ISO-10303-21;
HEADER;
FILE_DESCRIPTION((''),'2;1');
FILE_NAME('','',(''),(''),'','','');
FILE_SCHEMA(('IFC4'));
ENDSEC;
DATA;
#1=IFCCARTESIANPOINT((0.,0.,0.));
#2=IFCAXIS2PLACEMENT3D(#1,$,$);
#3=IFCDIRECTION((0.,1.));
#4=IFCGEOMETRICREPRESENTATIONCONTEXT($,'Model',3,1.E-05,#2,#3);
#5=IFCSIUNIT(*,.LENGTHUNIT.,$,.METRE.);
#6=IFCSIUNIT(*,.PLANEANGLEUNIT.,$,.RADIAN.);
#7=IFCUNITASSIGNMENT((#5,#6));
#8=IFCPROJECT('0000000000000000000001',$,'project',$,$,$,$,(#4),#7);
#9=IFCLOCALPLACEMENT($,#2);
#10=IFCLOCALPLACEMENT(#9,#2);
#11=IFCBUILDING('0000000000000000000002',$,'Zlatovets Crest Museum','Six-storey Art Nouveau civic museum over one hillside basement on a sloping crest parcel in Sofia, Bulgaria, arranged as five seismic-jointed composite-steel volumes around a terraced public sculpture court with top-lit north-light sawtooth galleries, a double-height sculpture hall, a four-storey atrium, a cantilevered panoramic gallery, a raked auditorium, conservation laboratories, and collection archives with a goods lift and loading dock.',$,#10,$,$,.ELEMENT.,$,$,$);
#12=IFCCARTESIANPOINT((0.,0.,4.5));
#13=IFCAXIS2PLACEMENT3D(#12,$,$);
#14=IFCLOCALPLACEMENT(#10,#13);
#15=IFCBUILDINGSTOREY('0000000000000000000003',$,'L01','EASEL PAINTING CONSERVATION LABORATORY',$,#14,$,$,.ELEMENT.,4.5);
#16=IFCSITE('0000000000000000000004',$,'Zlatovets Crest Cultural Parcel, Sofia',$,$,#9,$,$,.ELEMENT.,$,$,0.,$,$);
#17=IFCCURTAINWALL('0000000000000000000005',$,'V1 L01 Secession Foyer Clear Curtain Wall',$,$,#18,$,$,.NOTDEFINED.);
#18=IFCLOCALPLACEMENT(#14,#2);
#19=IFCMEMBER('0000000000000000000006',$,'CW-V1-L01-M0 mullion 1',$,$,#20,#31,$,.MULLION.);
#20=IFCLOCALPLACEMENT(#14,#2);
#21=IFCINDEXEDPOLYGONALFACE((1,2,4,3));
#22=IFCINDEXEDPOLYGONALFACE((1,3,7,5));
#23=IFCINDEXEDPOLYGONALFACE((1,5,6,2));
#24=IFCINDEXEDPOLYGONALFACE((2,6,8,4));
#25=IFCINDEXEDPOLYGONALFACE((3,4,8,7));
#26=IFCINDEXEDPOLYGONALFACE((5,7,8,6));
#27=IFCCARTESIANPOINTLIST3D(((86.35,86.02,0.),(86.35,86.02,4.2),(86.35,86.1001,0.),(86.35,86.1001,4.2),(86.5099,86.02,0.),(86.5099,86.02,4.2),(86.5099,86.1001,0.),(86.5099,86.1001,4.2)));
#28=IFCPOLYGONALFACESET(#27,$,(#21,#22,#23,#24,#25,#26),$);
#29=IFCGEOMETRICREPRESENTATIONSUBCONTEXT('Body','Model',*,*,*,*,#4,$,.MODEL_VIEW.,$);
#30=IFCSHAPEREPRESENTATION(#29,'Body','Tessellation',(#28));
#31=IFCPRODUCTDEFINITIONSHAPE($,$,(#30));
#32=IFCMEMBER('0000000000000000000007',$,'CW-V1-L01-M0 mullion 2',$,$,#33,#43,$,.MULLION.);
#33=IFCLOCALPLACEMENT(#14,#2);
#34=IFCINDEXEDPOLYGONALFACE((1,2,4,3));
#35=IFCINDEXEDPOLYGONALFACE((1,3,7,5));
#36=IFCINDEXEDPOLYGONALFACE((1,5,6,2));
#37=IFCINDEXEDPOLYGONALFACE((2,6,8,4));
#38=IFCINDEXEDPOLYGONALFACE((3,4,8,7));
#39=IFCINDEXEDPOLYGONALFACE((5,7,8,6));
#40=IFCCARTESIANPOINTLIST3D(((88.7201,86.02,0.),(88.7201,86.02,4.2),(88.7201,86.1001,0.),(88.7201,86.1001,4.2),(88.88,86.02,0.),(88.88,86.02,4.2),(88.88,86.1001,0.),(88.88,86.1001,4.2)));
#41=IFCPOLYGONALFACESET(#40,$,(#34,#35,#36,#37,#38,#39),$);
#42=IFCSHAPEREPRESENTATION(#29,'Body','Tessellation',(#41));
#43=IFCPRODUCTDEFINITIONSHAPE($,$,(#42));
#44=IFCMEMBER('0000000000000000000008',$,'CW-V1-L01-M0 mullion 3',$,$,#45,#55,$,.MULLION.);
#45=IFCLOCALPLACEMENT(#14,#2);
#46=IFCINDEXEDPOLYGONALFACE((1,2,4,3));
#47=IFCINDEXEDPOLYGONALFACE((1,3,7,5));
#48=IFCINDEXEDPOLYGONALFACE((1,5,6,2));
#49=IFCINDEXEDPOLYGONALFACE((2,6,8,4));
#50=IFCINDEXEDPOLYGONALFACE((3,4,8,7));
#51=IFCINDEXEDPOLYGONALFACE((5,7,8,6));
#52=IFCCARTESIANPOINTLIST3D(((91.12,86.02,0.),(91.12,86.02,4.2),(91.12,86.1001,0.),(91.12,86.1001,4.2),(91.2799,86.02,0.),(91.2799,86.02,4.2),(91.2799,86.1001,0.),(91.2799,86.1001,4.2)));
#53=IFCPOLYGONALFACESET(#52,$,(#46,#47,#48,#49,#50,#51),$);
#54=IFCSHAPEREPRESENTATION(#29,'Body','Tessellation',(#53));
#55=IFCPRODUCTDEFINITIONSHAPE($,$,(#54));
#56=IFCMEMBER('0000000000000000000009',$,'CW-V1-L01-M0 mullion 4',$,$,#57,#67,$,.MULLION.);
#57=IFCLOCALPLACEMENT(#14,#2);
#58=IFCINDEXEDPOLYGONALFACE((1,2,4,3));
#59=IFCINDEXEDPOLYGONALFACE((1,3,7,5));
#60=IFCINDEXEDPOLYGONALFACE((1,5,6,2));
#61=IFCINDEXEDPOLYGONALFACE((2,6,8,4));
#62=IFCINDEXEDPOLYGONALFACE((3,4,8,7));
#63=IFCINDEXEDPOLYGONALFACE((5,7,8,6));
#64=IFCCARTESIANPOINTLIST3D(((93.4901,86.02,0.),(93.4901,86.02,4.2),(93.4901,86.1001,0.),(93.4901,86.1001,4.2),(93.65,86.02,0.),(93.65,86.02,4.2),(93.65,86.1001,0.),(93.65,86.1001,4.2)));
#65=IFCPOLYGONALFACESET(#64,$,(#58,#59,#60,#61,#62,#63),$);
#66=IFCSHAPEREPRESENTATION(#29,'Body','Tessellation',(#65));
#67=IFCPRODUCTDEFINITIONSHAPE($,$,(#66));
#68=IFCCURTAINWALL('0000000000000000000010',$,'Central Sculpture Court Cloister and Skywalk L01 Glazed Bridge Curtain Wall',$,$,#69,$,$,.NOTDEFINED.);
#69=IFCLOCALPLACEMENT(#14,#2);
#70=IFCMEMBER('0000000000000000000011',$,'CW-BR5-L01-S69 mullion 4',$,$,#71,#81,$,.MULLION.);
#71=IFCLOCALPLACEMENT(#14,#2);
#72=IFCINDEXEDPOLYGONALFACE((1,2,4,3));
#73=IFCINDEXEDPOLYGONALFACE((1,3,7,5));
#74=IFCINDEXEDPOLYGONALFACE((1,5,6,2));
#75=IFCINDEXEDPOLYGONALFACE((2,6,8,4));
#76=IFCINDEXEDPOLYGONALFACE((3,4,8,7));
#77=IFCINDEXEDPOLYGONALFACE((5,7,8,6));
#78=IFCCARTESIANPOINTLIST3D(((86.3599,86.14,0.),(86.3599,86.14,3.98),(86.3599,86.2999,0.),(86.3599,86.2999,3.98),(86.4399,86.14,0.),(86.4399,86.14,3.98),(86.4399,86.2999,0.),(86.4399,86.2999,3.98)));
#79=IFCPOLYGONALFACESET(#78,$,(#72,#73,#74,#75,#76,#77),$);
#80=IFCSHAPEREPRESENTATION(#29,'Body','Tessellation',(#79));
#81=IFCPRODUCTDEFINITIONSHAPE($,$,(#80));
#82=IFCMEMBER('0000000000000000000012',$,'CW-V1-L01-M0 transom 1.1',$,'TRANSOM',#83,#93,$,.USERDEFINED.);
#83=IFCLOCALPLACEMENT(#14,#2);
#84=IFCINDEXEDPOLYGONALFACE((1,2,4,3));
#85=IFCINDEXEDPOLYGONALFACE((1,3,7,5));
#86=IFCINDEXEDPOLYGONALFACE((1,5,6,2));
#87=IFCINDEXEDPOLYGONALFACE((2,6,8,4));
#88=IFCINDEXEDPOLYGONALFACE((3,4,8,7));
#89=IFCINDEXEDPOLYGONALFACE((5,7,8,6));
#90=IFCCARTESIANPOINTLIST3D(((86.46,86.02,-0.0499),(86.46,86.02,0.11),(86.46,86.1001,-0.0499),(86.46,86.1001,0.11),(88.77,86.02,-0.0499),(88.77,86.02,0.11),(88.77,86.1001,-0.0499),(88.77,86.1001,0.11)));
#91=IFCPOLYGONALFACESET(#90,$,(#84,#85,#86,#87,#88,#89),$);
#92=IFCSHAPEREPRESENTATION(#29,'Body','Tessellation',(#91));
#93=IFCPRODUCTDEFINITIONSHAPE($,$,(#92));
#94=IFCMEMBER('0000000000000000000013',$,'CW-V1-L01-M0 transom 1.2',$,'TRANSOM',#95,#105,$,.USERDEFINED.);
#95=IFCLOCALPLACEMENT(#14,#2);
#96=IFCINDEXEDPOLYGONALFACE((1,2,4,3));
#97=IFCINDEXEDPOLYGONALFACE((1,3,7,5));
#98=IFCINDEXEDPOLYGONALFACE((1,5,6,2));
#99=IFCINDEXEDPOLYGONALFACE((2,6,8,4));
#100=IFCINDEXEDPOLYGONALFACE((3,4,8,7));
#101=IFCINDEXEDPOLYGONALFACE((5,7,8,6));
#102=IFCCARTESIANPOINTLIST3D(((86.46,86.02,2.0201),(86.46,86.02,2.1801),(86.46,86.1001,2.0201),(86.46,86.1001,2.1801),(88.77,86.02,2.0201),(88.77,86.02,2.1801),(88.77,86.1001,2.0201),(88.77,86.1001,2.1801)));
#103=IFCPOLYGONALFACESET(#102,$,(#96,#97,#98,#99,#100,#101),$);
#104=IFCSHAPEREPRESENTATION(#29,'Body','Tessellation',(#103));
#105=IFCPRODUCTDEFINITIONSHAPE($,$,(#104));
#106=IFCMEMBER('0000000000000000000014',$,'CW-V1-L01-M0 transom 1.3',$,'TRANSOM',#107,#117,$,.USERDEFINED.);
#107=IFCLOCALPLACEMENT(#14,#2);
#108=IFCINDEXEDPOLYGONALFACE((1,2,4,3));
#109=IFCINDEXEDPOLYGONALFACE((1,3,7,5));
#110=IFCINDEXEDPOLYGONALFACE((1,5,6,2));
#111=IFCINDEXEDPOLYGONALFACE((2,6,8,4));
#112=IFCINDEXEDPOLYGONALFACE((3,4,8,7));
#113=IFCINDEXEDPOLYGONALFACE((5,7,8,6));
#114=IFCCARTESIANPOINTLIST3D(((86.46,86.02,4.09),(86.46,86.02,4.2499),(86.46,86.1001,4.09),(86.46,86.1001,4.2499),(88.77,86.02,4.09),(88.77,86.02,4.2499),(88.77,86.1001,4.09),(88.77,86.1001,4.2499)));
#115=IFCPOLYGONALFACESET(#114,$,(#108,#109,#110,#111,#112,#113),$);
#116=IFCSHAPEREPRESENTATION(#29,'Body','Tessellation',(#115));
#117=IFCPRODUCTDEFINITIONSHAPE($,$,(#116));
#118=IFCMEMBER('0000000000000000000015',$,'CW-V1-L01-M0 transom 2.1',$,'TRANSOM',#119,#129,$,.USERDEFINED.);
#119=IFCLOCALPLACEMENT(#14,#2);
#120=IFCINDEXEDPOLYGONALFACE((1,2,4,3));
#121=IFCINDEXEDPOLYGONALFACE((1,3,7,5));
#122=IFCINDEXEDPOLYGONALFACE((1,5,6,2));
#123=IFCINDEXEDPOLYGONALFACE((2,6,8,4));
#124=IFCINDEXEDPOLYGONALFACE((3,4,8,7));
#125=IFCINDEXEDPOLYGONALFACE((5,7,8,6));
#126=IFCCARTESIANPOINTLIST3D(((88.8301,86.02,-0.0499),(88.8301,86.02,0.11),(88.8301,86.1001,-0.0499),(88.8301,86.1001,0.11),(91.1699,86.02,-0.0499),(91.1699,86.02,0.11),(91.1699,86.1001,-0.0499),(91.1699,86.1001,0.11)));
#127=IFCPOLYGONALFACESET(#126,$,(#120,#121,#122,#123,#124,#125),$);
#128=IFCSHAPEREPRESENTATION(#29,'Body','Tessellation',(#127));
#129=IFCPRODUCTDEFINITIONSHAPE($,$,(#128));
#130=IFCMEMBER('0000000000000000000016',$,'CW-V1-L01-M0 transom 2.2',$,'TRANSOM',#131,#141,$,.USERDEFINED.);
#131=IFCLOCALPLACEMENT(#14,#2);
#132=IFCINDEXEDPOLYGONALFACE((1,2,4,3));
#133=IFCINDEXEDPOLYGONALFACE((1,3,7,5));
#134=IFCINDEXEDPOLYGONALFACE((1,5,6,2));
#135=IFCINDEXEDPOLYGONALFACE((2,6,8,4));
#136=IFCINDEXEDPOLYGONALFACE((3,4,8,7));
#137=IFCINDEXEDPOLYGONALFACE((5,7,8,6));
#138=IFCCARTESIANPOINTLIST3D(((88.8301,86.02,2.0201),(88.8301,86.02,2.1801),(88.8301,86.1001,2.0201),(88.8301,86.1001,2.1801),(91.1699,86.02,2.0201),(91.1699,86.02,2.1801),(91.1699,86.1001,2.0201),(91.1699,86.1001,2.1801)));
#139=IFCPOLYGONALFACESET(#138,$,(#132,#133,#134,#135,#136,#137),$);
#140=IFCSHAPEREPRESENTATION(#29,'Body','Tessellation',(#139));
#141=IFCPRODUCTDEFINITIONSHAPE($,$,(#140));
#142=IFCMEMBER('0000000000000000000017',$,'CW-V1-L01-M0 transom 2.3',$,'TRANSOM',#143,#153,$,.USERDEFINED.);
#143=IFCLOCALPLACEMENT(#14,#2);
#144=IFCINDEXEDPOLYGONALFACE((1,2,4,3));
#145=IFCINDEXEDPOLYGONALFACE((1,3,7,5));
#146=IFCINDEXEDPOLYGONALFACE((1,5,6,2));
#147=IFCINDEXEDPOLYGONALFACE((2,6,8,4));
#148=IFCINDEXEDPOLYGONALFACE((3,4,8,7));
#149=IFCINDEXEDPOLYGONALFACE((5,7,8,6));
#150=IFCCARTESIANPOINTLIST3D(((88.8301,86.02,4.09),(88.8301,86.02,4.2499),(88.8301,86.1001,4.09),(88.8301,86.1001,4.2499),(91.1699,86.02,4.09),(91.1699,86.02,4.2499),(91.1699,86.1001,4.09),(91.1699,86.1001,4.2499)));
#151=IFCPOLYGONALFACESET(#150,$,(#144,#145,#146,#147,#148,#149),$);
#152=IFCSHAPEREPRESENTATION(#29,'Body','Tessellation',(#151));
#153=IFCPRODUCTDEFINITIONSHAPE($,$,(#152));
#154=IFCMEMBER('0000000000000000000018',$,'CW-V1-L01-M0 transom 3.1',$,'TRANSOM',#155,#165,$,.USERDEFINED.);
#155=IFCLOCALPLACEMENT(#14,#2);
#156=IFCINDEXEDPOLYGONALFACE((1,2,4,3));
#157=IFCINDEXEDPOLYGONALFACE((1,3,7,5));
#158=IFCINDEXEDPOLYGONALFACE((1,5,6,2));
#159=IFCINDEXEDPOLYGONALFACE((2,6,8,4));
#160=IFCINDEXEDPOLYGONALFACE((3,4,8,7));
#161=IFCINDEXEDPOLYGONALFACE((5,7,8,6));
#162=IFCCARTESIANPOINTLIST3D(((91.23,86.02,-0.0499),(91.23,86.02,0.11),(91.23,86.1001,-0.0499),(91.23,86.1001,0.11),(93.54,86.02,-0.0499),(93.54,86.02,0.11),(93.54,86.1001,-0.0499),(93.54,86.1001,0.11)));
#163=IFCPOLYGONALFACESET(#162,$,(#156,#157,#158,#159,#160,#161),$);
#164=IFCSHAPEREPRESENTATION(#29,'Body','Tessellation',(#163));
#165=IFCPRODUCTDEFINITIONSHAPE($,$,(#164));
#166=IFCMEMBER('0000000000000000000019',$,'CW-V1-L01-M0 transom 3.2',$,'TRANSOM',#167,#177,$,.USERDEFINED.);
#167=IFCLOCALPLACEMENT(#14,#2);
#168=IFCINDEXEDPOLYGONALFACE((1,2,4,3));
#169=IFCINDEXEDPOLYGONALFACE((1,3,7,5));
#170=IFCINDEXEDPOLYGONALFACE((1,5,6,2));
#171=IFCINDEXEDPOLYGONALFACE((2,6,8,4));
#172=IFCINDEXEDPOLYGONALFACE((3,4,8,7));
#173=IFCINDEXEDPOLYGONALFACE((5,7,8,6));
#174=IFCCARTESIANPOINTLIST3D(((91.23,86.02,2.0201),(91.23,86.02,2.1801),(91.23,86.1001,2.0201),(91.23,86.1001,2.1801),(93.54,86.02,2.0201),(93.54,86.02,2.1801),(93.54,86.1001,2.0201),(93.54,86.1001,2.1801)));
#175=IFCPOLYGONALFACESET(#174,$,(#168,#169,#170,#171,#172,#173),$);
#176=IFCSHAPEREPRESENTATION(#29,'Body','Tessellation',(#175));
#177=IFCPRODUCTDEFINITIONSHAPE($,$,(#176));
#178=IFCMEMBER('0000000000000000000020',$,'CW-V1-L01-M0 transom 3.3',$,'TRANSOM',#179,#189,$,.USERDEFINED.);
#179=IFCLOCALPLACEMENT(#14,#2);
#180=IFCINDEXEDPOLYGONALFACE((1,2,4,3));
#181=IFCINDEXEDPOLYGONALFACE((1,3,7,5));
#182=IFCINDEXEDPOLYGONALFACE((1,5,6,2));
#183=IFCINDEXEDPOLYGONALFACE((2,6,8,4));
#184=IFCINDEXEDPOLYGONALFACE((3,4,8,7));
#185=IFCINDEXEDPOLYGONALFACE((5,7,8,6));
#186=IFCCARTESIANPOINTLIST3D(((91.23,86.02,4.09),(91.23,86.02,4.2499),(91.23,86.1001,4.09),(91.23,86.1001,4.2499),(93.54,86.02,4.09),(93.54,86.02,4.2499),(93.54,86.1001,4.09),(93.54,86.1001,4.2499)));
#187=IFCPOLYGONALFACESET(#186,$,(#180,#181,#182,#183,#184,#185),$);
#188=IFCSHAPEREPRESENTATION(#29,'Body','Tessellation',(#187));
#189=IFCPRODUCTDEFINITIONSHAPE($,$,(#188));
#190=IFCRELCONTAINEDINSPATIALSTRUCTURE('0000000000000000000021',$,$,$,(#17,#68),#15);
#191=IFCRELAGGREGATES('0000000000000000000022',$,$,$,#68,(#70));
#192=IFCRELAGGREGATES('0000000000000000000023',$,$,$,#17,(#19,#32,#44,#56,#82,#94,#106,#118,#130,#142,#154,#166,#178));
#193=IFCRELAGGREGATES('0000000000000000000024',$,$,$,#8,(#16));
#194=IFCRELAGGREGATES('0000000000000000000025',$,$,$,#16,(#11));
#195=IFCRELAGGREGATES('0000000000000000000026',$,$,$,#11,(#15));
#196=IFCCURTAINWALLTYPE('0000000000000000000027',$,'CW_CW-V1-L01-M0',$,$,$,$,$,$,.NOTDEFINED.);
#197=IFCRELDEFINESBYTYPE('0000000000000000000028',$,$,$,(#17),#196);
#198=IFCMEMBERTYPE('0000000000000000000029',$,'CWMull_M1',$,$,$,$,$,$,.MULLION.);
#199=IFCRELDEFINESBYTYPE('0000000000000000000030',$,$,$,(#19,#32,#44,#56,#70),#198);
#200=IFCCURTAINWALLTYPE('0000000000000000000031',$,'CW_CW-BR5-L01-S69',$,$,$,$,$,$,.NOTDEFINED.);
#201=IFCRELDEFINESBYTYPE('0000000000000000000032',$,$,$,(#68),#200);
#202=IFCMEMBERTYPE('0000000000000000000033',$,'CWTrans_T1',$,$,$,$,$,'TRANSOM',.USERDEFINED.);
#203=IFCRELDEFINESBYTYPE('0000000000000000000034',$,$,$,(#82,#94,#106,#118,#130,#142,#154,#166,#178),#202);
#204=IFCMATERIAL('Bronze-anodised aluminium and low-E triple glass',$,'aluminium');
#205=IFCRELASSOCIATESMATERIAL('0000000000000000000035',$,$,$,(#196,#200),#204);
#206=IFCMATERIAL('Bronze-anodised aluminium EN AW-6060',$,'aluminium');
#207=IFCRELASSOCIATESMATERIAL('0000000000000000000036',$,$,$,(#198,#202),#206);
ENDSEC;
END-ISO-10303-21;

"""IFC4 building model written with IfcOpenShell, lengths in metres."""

from ifc_helpers import new_model, si_unit, direction, frame, origin, origin_2d, place, context, subcontext, project, spatial, rectangle, extrude, material, material_profile, profile_set, type_object, element, aggregate, save


model = new_model("IFC4")

# Units and contexts
model_context = context("Model", 3, precision=1e-05, world=origin(), true_north=direction((0.0, 1.0)))
body_context = subcontext(model_context, "Body", "Model", "MODEL_VIEW")
ifc_project = project(units=[si_unit("LENGTHUNIT", "METRE"), si_unit("PLANEANGLEUNIT", "RADIAN")], contexts=[model_context])

# Site, building, storey
site_placement = place(None, origin())
site = spatial("IfcSite", under=ifc_project, at=site_placement, Name="Zlatovets Crest Cultural Parcel, Sofia", CompositionType="ELEMENT", RefElevation=0.0)
building_placement = place(site_placement, origin())
building = spatial("IfcBuilding", under=site, at=building_placement, Name="Zlatovets Crest Museum", Description="Six-storey Art Nouveau civic museum over one hillside basement on a sloping crest parcel in Sofia, Bulgaria, arranged as five seismic-jointed composite-steel volumes around a terraced public sculpture court with top-lit north-light sawtooth galleries, a double-height sculpture hall, a four-storey atrium, a cantilevered panoramic gallery, a raked auditorium, conservation laboratories, and collection archives with a goods lift and loading dock.", CompositionType="ELEMENT")
storey_placement = place(building_placement, frame((0.0, 0.0, 4.5)))
storey = spatial("IfcBuildingStorey", under=building, at=storey_placement, Name="L01", Description="EASEL PAINTING CONSERVATION LABORATORY", CompositionType="ELEMENT", Elevation=4.5)

# Curtain wall, members
ifc_material_1 = material(Name="Bronze-anodised aluminium and low-E triple glass", Category="aluminium")
curtain_wall_type_1 = type_object("IfcCurtainWallType", Name="CW_CW-V1-L01-M0", PredefinedType="NOTDEFINED", material=ifc_material_1)
curtain_wall_1_placement = place(storey_placement, origin())
curtain_wall_1 = element("IfcCurtainWall", 1, at=curtain_wall_1_placement, inside=storey, type_object=curtain_wall_type_1, Name="V1 L01 Secession Foyer Clear Curtain Wall", PredefinedType="NOTDEFINED")
ifc_material_2 = material(Name="Bronze-anodised aluminium EN AW-6060", Category="aluminium")
ifc_material_profile_1 = material_profile(ifc_material_2, rectangle(XDim=0.0801, YDim=0.1599, at=origin_2d()), Name="ALU 80x160")
ifc_profile_set_1 = profile_set([ifc_material_profile_1], Name="Bronze-anodised aluminium EN AW-6060")
member_type_1 = type_object("IfcMemberType", Name="CWMull_M1", PredefinedType="MULLION", material=ifc_profile_set_1)
member_1_placement = place(storey_placement, frame((86.4299, 86.0601, 0.0), z_axis=(0.0, 0.0, 1.0), x_axis=(0.0, 1.0, 0.0)))
member_1 = element("IfcMember", 2, at=member_1_placement, type_object=member_type_1, Name="CW-V1-L01-M0 mullion 1", PredefinedType="MULLION", context=body_context, shape_type="SweptSolid", body=[
    extrude(rectangle(XDim=0.0801, YDim=0.1599, at=origin_2d()), origin(), (0.0, 0.0, 1.0), 4.2),
])
member_2_placement = place(storey_placement, frame((88.8, 86.0601, 0.0), z_axis=(0.0, 0.0, 1.0), x_axis=(0.0, 1.0, 0.0)))
member_2 = element("IfcMember", 3, at=member_2_placement, type_object=member_type_1, Name="CW-V1-L01-M0 mullion 2", PredefinedType="MULLION", context=body_context, shape_type="SweptSolid", body=[
    extrude(rectangle(XDim=0.0801, YDim=0.1599, at=origin_2d()), origin(), (0.0, 0.0, 1.0), 4.2),
])
member_3_placement = place(storey_placement, frame((91.2, 86.0601, 0.0), z_axis=(0.0, 0.0, 1.0), x_axis=(0.0, 1.0, 0.0)))
member_3 = element("IfcMember", 4, at=member_3_placement, type_object=member_type_1, Name="CW-V1-L01-M0 mullion 3", PredefinedType="MULLION", context=body_context, shape_type="SweptSolid", body=[
    extrude(rectangle(XDim=0.0801, YDim=0.1599, at=origin_2d()), origin(), (0.0, 0.0, 1.0), 4.2),
])
member_4_placement = place(storey_placement, frame((93.5701, 86.0601, 0.0), z_axis=(0.0, 0.0, 1.0), x_axis=(0.0, 1.0, 0.0)))
member_4 = element("IfcMember", 5, at=member_4_placement, type_object=member_type_1, Name="CW-V1-L01-M0 mullion 4", PredefinedType="MULLION", context=body_context, shape_type="SweptSolid", body=[
    extrude(rectangle(XDim=0.0801, YDim=0.1599, at=origin_2d()), origin(), (0.0, 0.0, 1.0), 4.2),
])

# Curtain wall, member
curtain_wall_type_2 = type_object("IfcCurtainWallType", Name="CW_CW-BR5-L01-S69", PredefinedType="NOTDEFINED", material=ifc_material_1)
curtain_wall_2_placement = place(storey_placement, origin())
curtain_wall_2 = element("IfcCurtainWall", 6, at=curtain_wall_2_placement, inside=storey, type_object=curtain_wall_type_2, Name="Central Sculpture Court Cloister and Skywalk L01 Glazed Bridge Curtain Wall", PredefinedType="NOTDEFINED")
member_5_placement = place(storey_placement, frame((86.3999, 86.22, 0.0), z_axis=(0.0, 0.0, 1.0), x_axis=(-1.0, 0.0, 0.0)))
member_5 = element("IfcMember", 7, at=member_5_placement, type_object=member_type_1, Name="CW-BR5-L01-S69 mullion 4", PredefinedType="MULLION", context=body_context, shape_type="SweptSolid", body=[
    extrude(rectangle(XDim=0.0801, YDim=0.1599, at=origin_2d()), origin(), (0.0, 0.0, 1.0), 3.98),
])
aggregate(curtain_wall_2, [member_5])

# Members
ifc_material_profile_2 = material_profile(ifc_material_2, rectangle(XDim=0.0801, YDim=0.1599, at=origin_2d()), Name="ALU 80x160")
ifc_profile_set_2 = profile_set([ifc_material_profile_2], Name="Bronze-anodised aluminium EN AW-6060")
member_type_2 = type_object("IfcMemberType", Name="CWTrans_T1", ElementType="TRANSOM", PredefinedType="USERDEFINED", material=ifc_profile_set_2)
member_6_placement = place(storey_placement, frame((86.46, 86.0601, 0.03), z_axis=(1.0, 0.0, 0.0), x_axis=(0.0, 1.0, 0.0)))
member_6 = element("IfcMember", 8, at=member_6_placement, type_object=member_type_2, Name="CW-V1-L01-M0 transom 1.1", ObjectType="TRANSOM", PredefinedType="USERDEFINED", context=body_context, shape_type="SweptSolid", body=[
    extrude(rectangle(XDim=0.0801, YDim=0.1599, at=origin_2d()), origin(), (0.0, 0.0, 1.0), 2.3101),
])
member_7_placement = place(storey_placement, frame((86.46, 86.0601, 2.1001), z_axis=(1.0, 0.0, 0.0), x_axis=(0.0, 1.0, 0.0)))
member_7 = element("IfcMember", 9, at=member_7_placement, type_object=member_type_2, Name="CW-V1-L01-M0 transom 1.2", ObjectType="TRANSOM", PredefinedType="USERDEFINED", context=body_context, shape_type="SweptSolid", body=[
    extrude(rectangle(XDim=0.0801, YDim=0.1599, at=origin_2d()), origin(), (0.0, 0.0, 1.0), 2.3101),
])
member_8_placement = place(storey_placement, frame((86.46, 86.0601, 4.1699), z_axis=(1.0, 0.0, 0.0), x_axis=(0.0, 1.0, 0.0)))
member_8 = element("IfcMember", 10, at=member_8_placement, type_object=member_type_2, Name="CW-V1-L01-M0 transom 1.3", ObjectType="TRANSOM", PredefinedType="USERDEFINED", context=body_context, shape_type="SweptSolid", body=[
    extrude(rectangle(XDim=0.0801, YDim=0.1599, at=origin_2d()), origin(), (0.0, 0.0, 1.0), 2.3101),
])
member_9_placement = place(storey_placement, frame((88.8301, 86.0601, 0.03), z_axis=(1.0, 0.0, 0.0), x_axis=(0.0, 1.0, 0.0)))
member_9 = element("IfcMember", 11, at=member_9_placement, type_object=member_type_2, Name="CW-V1-L01-M0 transom 2.1", ObjectType="TRANSOM", PredefinedType="USERDEFINED", context=body_context, shape_type="SweptSolid", body=[
    extrude(rectangle(XDim=0.0801, YDim=0.1599, at=origin_2d()), origin(), (0.0, 0.0, 1.0), 2.3398),
])
member_10_placement = place(storey_placement, frame((88.8301, 86.0601, 2.1001), z_axis=(1.0, 0.0, 0.0), x_axis=(0.0, 1.0, 0.0)))
member_10 = element("IfcMember", 12, at=member_10_placement, type_object=member_type_2, Name="CW-V1-L01-M0 transom 2.2", ObjectType="TRANSOM", PredefinedType="USERDEFINED", context=body_context, shape_type="SweptSolid", body=[
    extrude(rectangle(XDim=0.0801, YDim=0.1599, at=origin_2d()), origin(), (0.0, 0.0, 1.0), 2.3398),
])
member_11_placement = place(storey_placement, frame((88.8301, 86.0601, 4.1699), z_axis=(1.0, 0.0, 0.0), x_axis=(0.0, 1.0, 0.0)))
member_11 = element("IfcMember", 13, at=member_11_placement, type_object=member_type_2, Name="CW-V1-L01-M0 transom 2.3", ObjectType="TRANSOM", PredefinedType="USERDEFINED", context=body_context, shape_type="SweptSolid", body=[
    extrude(rectangle(XDim=0.0801, YDim=0.1599, at=origin_2d()), origin(), (0.0, 0.0, 1.0), 2.3398),
])
member_12_placement = place(storey_placement, frame((91.23, 86.0601, 0.03), z_axis=(1.0, 0.0, 0.0), x_axis=(0.0, 1.0, 0.0)))
member_12 = element("IfcMember", 14, at=member_12_placement, type_object=member_type_2, Name="CW-V1-L01-M0 transom 3.1", ObjectType="TRANSOM", PredefinedType="USERDEFINED", context=body_context, shape_type="SweptSolid", body=[
    extrude(rectangle(XDim=0.0801, YDim=0.1599, at=origin_2d()), origin(), (0.0, 0.0, 1.0), 2.3101),
])
member_13_placement = place(storey_placement, frame((91.23, 86.0601, 2.1001), z_axis=(1.0, 0.0, 0.0), x_axis=(0.0, 1.0, 0.0)))
member_13 = element("IfcMember", 15, at=member_13_placement, type_object=member_type_2, Name="CW-V1-L01-M0 transom 3.2", ObjectType="TRANSOM", PredefinedType="USERDEFINED", context=body_context, shape_type="SweptSolid", body=[
    extrude(rectangle(XDim=0.0801, YDim=0.1599, at=origin_2d()), origin(), (0.0, 0.0, 1.0), 2.3101),
])
member_14_placement = place(storey_placement, frame((91.23, 86.0601, 4.1699), z_axis=(1.0, 0.0, 0.0), x_axis=(0.0, 1.0, 0.0)))
member_14 = element("IfcMember", 16, at=member_14_placement, type_object=member_type_2, Name="CW-V1-L01-M0 transom 3.3", ObjectType="TRANSOM", PredefinedType="USERDEFINED", context=body_context, shape_type="SweptSolid", body=[
    extrude(rectangle(XDim=0.0801, YDim=0.1599, at=origin_2d()), origin(), (0.0, 0.0, 1.0), 2.3101),
])

aggregate(curtain_wall_1, [member_1, member_2, member_3, member_4, member_6, member_7, member_8, member_9, member_10, member_11, member_12, member_13, member_14])

save(model, "model.ifc")
